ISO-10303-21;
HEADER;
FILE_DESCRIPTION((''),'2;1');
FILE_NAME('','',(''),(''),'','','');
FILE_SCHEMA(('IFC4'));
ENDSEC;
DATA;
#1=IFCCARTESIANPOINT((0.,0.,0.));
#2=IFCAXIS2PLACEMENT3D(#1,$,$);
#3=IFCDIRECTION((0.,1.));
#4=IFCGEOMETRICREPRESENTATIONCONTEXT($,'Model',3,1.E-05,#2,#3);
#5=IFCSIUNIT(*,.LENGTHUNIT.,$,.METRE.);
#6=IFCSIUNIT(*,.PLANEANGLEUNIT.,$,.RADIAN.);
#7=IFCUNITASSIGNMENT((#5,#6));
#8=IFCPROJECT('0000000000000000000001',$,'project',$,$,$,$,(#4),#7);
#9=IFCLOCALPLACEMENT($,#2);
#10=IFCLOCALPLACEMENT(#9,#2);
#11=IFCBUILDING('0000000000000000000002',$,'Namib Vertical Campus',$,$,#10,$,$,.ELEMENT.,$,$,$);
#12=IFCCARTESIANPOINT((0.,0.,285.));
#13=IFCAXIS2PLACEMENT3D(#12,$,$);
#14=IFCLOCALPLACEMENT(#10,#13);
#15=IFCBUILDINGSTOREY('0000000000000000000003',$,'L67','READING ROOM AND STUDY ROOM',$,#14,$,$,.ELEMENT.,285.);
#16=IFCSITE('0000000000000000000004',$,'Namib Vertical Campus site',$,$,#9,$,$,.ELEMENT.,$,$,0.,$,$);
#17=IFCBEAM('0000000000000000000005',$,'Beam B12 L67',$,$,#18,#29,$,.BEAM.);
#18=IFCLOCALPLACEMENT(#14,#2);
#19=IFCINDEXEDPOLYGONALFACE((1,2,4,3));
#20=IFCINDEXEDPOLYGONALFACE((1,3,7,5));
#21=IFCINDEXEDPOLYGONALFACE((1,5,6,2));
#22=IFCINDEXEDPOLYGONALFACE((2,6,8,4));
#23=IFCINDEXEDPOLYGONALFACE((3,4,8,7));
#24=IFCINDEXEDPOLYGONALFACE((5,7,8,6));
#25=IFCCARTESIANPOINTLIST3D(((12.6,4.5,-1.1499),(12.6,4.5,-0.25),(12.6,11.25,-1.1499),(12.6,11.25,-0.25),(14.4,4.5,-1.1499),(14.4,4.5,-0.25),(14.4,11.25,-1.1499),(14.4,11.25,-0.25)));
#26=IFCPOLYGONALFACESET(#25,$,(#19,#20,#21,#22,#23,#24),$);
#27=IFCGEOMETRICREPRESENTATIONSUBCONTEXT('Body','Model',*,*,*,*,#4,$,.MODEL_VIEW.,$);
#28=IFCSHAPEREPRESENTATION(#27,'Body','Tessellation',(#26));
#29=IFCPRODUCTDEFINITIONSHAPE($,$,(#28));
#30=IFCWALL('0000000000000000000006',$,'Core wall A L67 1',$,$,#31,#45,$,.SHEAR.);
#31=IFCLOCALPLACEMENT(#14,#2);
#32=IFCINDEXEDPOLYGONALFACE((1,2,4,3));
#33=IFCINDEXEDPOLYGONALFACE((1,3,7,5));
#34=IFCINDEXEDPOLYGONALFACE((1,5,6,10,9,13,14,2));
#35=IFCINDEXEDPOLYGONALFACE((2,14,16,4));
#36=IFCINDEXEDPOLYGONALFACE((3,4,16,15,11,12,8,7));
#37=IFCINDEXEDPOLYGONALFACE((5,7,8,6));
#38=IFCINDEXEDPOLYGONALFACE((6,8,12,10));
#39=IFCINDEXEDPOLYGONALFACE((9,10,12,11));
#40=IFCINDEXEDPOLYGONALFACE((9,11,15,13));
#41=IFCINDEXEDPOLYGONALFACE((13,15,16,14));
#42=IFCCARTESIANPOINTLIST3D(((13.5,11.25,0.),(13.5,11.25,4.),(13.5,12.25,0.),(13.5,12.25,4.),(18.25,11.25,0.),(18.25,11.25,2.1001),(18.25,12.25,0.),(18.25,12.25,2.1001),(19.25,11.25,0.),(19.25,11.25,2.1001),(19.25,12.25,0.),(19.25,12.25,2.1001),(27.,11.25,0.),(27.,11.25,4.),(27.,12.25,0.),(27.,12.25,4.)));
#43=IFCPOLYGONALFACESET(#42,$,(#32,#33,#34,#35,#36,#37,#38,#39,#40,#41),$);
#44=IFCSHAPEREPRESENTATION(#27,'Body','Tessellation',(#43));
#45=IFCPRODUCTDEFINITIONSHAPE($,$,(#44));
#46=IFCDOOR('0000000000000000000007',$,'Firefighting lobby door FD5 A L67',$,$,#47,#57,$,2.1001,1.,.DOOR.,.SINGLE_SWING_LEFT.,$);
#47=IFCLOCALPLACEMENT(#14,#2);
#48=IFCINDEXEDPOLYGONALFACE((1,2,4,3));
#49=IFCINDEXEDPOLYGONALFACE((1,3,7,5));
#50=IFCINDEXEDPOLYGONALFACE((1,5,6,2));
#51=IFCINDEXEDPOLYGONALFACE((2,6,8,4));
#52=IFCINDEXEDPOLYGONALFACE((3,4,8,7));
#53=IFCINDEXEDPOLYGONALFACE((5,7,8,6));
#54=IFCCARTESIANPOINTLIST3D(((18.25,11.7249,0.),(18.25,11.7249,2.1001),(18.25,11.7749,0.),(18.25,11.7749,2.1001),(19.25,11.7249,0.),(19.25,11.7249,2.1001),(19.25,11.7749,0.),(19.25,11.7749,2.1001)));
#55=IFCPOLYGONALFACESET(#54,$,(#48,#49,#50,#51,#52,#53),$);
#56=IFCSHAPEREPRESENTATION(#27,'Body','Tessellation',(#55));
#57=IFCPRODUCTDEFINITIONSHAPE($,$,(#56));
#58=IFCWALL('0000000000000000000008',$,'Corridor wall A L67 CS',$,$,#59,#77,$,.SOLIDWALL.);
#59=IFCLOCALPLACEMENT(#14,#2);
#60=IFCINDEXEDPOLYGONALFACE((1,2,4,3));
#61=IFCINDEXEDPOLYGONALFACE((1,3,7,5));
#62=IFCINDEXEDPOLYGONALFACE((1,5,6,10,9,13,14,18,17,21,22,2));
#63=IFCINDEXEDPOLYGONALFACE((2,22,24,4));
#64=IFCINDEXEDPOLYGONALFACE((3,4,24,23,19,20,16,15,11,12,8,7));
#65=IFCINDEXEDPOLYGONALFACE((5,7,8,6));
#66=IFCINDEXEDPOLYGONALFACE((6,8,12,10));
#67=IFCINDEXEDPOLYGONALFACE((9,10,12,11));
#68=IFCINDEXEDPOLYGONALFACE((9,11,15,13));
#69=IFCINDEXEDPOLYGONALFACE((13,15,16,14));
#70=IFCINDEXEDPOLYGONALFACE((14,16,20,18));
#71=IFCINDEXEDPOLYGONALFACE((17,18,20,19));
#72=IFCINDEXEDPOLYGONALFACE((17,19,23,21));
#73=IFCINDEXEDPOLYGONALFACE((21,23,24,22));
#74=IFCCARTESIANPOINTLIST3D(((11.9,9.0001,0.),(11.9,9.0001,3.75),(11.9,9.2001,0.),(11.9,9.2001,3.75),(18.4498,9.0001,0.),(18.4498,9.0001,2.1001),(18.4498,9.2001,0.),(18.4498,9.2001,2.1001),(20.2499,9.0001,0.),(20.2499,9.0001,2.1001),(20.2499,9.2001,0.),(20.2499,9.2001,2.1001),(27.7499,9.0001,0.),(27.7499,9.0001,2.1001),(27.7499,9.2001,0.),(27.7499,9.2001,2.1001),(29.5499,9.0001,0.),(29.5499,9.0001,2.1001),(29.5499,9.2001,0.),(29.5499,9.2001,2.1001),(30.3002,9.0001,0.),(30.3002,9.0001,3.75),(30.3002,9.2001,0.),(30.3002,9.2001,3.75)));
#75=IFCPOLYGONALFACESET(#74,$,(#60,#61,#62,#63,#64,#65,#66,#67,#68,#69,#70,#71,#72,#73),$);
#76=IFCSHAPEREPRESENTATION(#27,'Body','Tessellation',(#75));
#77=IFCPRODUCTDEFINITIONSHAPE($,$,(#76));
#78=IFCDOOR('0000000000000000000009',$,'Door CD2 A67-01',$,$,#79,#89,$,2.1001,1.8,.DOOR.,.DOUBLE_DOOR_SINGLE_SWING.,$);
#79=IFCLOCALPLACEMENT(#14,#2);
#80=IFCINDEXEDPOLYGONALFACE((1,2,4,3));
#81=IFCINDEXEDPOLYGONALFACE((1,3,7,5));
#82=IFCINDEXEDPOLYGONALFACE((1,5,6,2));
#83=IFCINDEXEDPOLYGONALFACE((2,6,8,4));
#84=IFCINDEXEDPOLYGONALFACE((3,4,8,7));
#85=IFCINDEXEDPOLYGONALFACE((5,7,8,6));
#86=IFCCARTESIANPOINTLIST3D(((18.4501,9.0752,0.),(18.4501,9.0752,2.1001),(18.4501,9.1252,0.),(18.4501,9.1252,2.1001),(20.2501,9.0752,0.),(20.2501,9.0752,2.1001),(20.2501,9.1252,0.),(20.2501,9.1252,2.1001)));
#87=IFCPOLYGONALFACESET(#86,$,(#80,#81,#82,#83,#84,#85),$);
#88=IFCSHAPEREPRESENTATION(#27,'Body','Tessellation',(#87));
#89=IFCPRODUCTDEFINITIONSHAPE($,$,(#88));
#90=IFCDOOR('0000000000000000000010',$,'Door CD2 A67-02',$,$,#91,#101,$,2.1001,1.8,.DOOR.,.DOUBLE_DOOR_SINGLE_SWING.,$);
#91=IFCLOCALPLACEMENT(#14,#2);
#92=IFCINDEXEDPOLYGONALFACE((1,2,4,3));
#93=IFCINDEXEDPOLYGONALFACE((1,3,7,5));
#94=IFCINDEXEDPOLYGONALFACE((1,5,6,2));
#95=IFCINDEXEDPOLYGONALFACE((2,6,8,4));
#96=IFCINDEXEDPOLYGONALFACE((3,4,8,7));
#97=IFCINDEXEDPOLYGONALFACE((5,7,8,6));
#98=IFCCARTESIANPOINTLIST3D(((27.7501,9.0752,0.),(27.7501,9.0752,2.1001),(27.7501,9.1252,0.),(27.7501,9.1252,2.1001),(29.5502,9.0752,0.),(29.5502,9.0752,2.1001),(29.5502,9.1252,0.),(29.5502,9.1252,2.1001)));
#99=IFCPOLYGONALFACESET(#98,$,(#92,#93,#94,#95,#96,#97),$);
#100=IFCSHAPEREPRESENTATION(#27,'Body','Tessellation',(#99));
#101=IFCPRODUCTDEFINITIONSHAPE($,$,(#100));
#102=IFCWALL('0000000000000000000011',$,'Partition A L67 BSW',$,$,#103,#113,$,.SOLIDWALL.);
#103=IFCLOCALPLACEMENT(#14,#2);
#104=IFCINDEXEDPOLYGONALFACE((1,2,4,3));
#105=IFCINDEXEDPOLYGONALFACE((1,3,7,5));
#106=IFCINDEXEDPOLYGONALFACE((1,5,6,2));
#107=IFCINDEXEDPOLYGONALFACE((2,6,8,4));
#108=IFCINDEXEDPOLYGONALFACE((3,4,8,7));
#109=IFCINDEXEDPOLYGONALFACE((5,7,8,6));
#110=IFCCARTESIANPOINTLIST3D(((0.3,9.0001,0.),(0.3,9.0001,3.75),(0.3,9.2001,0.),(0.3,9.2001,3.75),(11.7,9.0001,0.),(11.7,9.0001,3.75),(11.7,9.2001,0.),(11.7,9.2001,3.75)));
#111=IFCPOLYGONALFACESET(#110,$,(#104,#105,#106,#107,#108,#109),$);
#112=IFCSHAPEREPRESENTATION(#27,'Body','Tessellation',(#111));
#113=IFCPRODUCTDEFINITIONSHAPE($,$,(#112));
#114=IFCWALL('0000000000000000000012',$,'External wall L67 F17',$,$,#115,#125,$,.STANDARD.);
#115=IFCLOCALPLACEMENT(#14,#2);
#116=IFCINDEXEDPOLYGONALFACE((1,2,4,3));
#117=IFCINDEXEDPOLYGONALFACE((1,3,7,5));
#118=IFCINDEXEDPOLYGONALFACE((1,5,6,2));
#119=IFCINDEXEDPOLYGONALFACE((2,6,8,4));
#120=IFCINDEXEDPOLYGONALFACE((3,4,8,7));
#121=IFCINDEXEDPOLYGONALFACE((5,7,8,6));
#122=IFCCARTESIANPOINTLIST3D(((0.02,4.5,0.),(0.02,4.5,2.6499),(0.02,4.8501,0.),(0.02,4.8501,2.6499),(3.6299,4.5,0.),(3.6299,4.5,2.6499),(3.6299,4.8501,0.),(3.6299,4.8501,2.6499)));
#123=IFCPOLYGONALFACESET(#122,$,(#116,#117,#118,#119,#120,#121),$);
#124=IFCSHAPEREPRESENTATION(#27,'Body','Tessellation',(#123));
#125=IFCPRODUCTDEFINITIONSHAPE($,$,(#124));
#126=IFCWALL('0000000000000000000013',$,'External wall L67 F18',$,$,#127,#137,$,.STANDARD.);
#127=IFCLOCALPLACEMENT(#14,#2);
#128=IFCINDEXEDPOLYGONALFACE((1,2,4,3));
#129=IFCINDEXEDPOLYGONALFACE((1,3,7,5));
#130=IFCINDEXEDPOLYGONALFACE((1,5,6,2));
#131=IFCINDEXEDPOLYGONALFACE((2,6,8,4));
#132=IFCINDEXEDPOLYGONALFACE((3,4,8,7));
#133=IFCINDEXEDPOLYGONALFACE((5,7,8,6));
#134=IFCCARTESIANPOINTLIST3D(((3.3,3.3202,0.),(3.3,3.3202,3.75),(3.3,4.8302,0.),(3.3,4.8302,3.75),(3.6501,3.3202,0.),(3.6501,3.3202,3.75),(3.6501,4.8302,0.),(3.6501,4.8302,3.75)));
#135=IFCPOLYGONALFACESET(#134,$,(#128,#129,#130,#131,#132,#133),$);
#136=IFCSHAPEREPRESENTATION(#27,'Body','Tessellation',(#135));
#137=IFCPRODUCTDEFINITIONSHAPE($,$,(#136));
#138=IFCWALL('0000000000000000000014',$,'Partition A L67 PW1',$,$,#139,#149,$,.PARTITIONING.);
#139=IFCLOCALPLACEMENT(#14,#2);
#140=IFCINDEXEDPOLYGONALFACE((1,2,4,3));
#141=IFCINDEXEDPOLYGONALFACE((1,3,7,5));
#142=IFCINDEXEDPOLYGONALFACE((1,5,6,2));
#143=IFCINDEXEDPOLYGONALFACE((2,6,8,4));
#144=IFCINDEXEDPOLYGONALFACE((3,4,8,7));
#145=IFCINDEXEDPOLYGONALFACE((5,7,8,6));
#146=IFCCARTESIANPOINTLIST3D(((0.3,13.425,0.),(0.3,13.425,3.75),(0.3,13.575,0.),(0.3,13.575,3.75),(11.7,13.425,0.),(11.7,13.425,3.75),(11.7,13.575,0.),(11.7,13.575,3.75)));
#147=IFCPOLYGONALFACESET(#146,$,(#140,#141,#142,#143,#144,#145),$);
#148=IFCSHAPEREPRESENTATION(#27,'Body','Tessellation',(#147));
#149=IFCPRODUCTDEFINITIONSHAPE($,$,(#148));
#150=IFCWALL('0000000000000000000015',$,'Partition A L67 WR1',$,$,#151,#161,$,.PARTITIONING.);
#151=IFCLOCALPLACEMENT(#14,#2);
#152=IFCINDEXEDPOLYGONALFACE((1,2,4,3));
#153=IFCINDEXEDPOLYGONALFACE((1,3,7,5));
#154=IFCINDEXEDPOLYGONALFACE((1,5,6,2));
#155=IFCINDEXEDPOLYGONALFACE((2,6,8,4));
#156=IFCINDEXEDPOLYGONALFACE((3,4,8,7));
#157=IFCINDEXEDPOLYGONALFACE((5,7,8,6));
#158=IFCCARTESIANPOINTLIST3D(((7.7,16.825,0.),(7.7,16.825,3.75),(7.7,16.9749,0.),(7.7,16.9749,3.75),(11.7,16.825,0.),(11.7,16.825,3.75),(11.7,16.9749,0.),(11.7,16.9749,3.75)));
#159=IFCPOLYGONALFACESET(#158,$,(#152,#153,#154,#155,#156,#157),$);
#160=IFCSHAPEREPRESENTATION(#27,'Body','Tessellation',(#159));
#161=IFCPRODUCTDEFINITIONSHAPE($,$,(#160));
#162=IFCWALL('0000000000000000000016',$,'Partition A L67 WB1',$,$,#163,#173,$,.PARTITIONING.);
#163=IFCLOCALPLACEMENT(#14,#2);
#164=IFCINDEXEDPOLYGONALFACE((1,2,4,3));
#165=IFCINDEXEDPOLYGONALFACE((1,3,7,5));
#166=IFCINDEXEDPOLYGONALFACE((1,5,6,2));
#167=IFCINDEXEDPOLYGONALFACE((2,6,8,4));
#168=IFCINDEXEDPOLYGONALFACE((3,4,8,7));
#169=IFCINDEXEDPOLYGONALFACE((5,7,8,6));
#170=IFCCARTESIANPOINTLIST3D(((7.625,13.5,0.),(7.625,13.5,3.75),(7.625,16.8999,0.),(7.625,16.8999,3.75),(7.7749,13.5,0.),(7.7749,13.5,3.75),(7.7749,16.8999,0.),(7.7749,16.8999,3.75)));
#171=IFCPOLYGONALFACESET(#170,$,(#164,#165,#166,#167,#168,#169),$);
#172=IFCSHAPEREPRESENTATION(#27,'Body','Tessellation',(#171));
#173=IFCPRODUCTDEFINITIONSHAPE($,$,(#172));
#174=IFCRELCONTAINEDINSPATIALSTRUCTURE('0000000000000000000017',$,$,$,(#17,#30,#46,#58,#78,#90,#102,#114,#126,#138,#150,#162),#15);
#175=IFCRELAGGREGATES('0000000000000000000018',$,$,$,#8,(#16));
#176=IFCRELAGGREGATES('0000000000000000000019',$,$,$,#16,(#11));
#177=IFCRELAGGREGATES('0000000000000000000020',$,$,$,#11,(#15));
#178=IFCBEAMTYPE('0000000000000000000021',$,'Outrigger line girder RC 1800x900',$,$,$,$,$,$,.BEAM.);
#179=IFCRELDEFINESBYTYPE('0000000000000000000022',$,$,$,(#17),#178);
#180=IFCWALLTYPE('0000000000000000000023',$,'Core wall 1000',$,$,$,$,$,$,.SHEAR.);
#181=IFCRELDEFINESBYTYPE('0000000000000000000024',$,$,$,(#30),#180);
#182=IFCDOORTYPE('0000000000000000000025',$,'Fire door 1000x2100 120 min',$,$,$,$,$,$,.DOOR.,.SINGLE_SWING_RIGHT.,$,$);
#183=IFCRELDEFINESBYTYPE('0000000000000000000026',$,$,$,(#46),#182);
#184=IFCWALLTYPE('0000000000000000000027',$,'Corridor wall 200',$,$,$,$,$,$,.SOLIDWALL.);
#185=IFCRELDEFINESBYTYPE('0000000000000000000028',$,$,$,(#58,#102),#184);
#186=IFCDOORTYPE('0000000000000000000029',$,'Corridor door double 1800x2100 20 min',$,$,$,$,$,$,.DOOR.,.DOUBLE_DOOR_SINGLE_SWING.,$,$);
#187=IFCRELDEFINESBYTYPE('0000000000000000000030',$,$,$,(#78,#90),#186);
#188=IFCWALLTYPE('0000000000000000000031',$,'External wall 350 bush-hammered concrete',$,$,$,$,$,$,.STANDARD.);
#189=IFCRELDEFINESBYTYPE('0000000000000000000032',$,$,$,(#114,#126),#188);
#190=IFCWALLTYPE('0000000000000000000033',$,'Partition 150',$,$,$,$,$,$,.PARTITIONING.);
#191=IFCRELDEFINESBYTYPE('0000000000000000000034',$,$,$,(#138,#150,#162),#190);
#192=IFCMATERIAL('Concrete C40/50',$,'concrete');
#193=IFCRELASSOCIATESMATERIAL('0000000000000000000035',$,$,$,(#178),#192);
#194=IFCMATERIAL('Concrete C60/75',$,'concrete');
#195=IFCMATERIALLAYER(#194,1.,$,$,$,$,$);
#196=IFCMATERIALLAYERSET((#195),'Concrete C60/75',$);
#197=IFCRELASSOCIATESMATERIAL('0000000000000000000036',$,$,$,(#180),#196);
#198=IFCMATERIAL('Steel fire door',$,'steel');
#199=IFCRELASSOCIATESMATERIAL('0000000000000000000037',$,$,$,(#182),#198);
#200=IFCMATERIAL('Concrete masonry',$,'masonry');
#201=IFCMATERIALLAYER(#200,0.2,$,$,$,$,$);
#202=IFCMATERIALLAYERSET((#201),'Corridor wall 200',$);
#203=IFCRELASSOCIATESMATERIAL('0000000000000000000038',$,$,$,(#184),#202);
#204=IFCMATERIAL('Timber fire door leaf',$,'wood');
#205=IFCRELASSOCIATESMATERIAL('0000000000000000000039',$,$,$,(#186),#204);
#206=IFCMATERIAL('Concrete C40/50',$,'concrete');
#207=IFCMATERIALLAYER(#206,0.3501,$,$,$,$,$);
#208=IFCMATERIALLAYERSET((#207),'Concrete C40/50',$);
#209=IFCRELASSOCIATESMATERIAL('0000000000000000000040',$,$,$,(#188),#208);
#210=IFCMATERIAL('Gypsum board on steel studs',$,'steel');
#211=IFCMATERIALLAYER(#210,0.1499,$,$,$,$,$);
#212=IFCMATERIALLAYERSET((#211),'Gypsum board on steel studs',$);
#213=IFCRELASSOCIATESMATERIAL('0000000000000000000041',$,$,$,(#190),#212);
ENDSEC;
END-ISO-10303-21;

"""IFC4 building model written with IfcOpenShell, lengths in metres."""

from ifc_helpers import new_model, si_unit, direction, frame, frame_2d, origin, origin_2d, place, context, subcontext, project, spatial, rectangle, extrude, material, layer, layer_set, material_profile, profile_set, type_object, element, fill, save


model = new_model("IFC4")

# Units and contexts
model_context = context("Model", 3, precision=1e-05, world=origin(), true_north=direction((0.0, 1.0)))
body_context = subcontext(model_context, "Body", "Model", "MODEL_VIEW")
ifc_project = project(units=[si_unit("LENGTHUNIT", "METRE"), si_unit("PLANEANGLEUNIT", "RADIAN")], contexts=[model_context])

# Site, building, storey
site_placement = place(None, origin())
site = spatial("IfcSite", under=ifc_project, at=site_placement, Name="Namib Vertical Campus site", CompositionType="ELEMENT", RefElevation=0.0)
building_placement = place(site_placement, origin())
building = spatial("IfcBuilding", under=site, at=building_placement, Name="Namib Vertical Campus", CompositionType="ELEMENT")
storey_placement = place(building_placement, frame((0.0, 0.0, 285.0)))
storey = spatial("IfcBuildingStorey", under=building, at=storey_placement, Name="L67", Description="READING ROOM AND STUDY ROOM", CompositionType="ELEMENT", Elevation=285.0)

# Beam
ifc_material_1 = material(Name="Concrete C40/50", Category="concrete")
ifc_material_profile_1 = material_profile(ifc_material_1, rectangle(XDim=1.8, YDim=0.8999, at=origin_2d()))
ifc_profile_set_1 = profile_set([ifc_material_profile_1], Name="Concrete C40/50")
beam_type_1 = type_object("IfcBeamType", Name="Outrigger line girder RC 1800x900", PredefinedType="BEAM", material=ifc_profile_set_1)
beam_1_placement = place(storey_placement, frame((13.5, 4.5, -0.7), z_axis=(0.0, 1.0, 0.0), x_axis=(-1.0, 0.0, 0.0)))
element("IfcBeam", 1, at=beam_1_placement, inside=storey, type_object=beam_type_1, Name="Beam B12 L67", PredefinedType="BEAM", context=body_context, shape_type="SweptSolid", body=[
    extrude(rectangle(XDim=1.8, YDim=0.8999, at=origin_2d()), origin(), (0.0, 0.0, 1.0), 6.75),
])

# Wall, opening, door
ifc_material_2 = material(Name="Concrete C60/75", Category="concrete")
ifc_layer_1 = layer(ifc_material_2, 1.0)
ifc_layer_set_1 = layer_set([ifc_layer_1], Name="Concrete C60/75")
wall_type_1 = type_object("IfcWallType", Name="Core wall 1000", PredefinedType="SHEAR", material=ifc_layer_set_1)
wall_1_placement = place(storey_placement, frame((13.5, 11.75, 0.0), z_axis=(0.0, 0.0, 1.0), x_axis=(1.0, 0.0, 0.0)))
wall_1 = element("IfcWall", 2, at=wall_1_placement, inside=storey, type_object=wall_type_1, Name="Core wall A L67 1", PredefinedType="SHEAR", context=body_context, shape_type="SweptSolid", body=[
    extrude(rectangle(XDim=13.5, YDim=1.0, at=frame_2d((6.75, 0.0))), origin(), (0.0, 0.0, 1.0), 4.0),
])
opening_1_placement = place(wall_1_placement, frame((4.75, 0.0, 0.0)))
opening_1 = element("IfcOpeningElement", 3, at=opening_1_placement, cuts=wall_1, PredefinedType="OPENING", context=body_context, shape_type="SweptSolid", body=[
    extrude(rectangle(XDim=1.0, YDim=2.1001, at=frame_2d((0.5, 1.05))), frame((0.0, 0.51, 0.0), z_axis=(0.0, -1.0, 0.0), x_axis=(1.0, 0.0, 0.0)), (0.0, 0.0, 1.0), 1.02),
])
ifc_material_3 = material(Name="Steel fire door", Category="steel")
door_type_1 = type_object("IfcDoorType", Name="Fire door 1000x2100 120 min", OperationType="SINGLE_SWING_RIGHT", PredefinedType="DOOR", material=ifc_material_3)
door_1_placement = place(opening_1_placement, origin())
door_1 = element("IfcDoor", 4, at=door_1_placement, inside=storey, type_object=door_type_1, Name="Firefighting lobby door FD5 A L67", OperationType="SINGLE_SWING_LEFT", OverallHeight=2.1001, OverallWidth=1.0, PredefinedType="DOOR", context=body_context, shape_type="SweptSolid", body=[
    extrude(rectangle(XDim=1.0, YDim=2.1001, at=frame_2d((0.5, 1.05))), frame((0.0, 0.0249, 0.0), z_axis=(0.0, -1.0, 0.0), x_axis=(1.0, 0.0, 0.0)), (0.0, 0.0, 1.0), 0.05),
])
fill(opening_1, door_1)

# Wall, openings, doors
ifc_material_4 = material(Name="Concrete masonry", Category="masonry")
ifc_layer_2 = layer(ifc_material_4, 0.2)
ifc_layer_set_2 = layer_set([ifc_layer_2], Name="Corridor wall 200")
wall_type_2 = type_object("IfcWallType", Name="Corridor wall 200", PredefinedType="SOLIDWALL", material=ifc_layer_set_2)
wall_2_placement = place(storey_placement, frame((11.8999, 9.1001, 0.0), z_axis=(0.0, 0.0, 1.0), x_axis=(1.0, 0.0, 0.0)))
wall_2 = element("IfcWall", 5, at=wall_2_placement, inside=storey, type_object=wall_type_2, Name="Corridor wall A L67 CS", PredefinedType="SOLIDWALL", context=body_context, shape_type="SweptSolid", body=[
    extrude(rectangle(XDim=18.4001, YDim=0.2, at=frame_2d((9.2002, 0.0))), origin(), (0.0, 0.0, 1.0), 3.75),
])
opening_2_placement = place(wall_2_placement, frame((6.55, 0.0, 0.0)))
opening_2 = element("IfcOpeningElement", 6, at=opening_2_placement, cuts=wall_2, PredefinedType="OPENING", context=body_context, shape_type="SweptSolid", body=[
    extrude(rectangle(XDim=1.8, YDim=2.1001, at=frame_2d((0.8999, 1.05))), frame((0.0, 0.1099, 0.0), z_axis=(0.0, -1.0, 0.0), x_axis=(1.0, 0.0, 0.0)), (0.0, 0.0, 1.0), 0.22),
])
opening_3_placement = place(wall_2_placement, frame((15.8501, 0.0, 0.0)))
opening_3 = element("IfcOpeningElement", 7, at=opening_3_placement, cuts=wall_2, PredefinedType="OPENING", context=body_context, shape_type="SweptSolid", body=[
    extrude(rectangle(XDim=1.8, YDim=2.1001, at=frame_2d((0.8999, 1.05))), frame((0.0, 0.1099, 0.0), z_axis=(0.0, -1.0, 0.0), x_axis=(1.0, 0.0, 0.0)), (0.0, 0.0, 1.0), 0.22),
])
ifc_material_5 = material(Name="Timber fire door leaf", Category="wood")
door_type_2 = type_object("IfcDoorType", Name="Corridor door double 1800x2100 20 min", OperationType="DOUBLE_DOOR_SINGLE_SWING", PredefinedType="DOOR", material=ifc_material_5)
door_2_placement = place(opening_2_placement, frame((1.8, 0.0, 0.0), z_axis=(0.0, 0.0, 1.0), x_axis=(-1.0, 0.0, 0.0)))
door_2 = element("IfcDoor", 8, at=door_2_placement, inside=storey, type_object=door_type_2, Name="Door CD2 A67-01", OperationType="DOUBLE_DOOR_SINGLE_SWING", OverallHeight=2.1001, OverallWidth=1.8, PredefinedType="DOOR", context=body_context, shape_type="SweptSolid", body=[
    extrude(rectangle(XDim=1.8, YDim=2.1001, at=frame_2d((0.8999, 1.05))), frame((0.0, 0.0249, 0.0), z_axis=(0.0, -1.0, 0.0), x_axis=(1.0, 0.0, 0.0)), (0.0, 0.0, 1.0), 0.05),
])
fill(opening_2, door_2)
door_3_placement = place(opening_3_placement, frame((1.8, 0.0, 0.0), z_axis=(0.0, 0.0, 1.0), x_axis=(-1.0, 0.0, 0.0)))
door_3 = element("IfcDoor", 9, at=door_3_placement, inside=storey, type_object=door_type_2, Name="Door CD2 A67-02", OperationType="DOUBLE_DOOR_SINGLE_SWING", OverallHeight=2.1001, OverallWidth=1.8, PredefinedType="DOOR", context=body_context, shape_type="SweptSolid", body=[
    extrude(rectangle(XDim=1.8, YDim=2.1001, at=frame_2d((0.8999, 1.05))), frame((0.0, 0.0249, 0.0), z_axis=(0.0, -1.0, 0.0), x_axis=(1.0, 0.0, 0.0)), (0.0, 0.0, 1.0), 0.05),
])
fill(opening_3, door_3)

# Walls
wall_3_placement = place(storey_placement, frame((0.3, 9.1001, 0.0), z_axis=(0.0, 0.0, 1.0), x_axis=(1.0, 0.0, 0.0)))
element("IfcWall", 10, at=wall_3_placement, inside=storey, type_object=wall_type_2, Name="Partition A L67 BSW", PredefinedType="SOLIDWALL", context=body_context, shape_type="SweptSolid", body=[
    extrude(rectangle(XDim=11.3999, YDim=0.2, at=frame_2d((5.7, 0.0))), origin(), (0.0, 0.0, 1.0), 3.75),
])
ifc_material_6 = material(Name="Concrete C40/50", Category="concrete")
ifc_layer_3 = layer(ifc_material_6, 0.3501)
ifc_layer_set_3 = layer_set([ifc_layer_3], Name="Concrete C40/50")
wall_type_3 = type_object("IfcWallType", Name="External wall 350 bush-hammered concrete", PredefinedType="STANDARD", material=ifc_layer_set_3)
wall_4_placement = place(storey_placement, frame((0.02, 4.675, 0.0), z_axis=(0.0, 0.0, 1.0), x_axis=(1.0, 0.0, 0.0)))
element("IfcWall", 11, at=wall_4_placement, inside=storey, type_object=wall_type_3, Name="External wall L67 F17", PredefinedType="STANDARD", context=body_context, shape_type="SweptSolid", body=[
    extrude(rectangle(XDim=3.6099, YDim=0.3501, at=frame_2d((1.8049, 0.0))), origin(), (0.0, 0.0, 1.0), 2.6499),
])
wall_5_placement = place(storey_placement, frame((3.4751, 4.8301, 0.0), z_axis=(0.0, 0.0, 1.0), x_axis=(0.0, -1.0, 0.0)))
element("IfcWall", 12, at=wall_5_placement, inside=storey, type_object=wall_type_3, Name="External wall L67 F18", PredefinedType="STANDARD", context=body_context, shape_type="SweptSolid", body=[
    extrude(rectangle(XDim=1.51, YDim=0.3501, at=frame_2d((0.7549, 0.0))), origin(), (0.0, 0.0, 1.0), 3.75),
])
ifc_material_7 = material(Name="Gypsum board on steel studs", Category="steel")
ifc_layer_4 = layer(ifc_material_7, 0.1499)
ifc_layer_set_4 = layer_set([ifc_layer_4], Name="Gypsum board on steel studs")
wall_type_4 = type_object("IfcWallType", Name="Partition 150", PredefinedType="PARTITIONING", material=ifc_layer_set_4)
wall_6_placement = place(storey_placement, frame((0.3, 13.5, 0.0), z_axis=(0.0, 0.0, 1.0), x_axis=(1.0, 0.0, 0.0)))
element("IfcWall", 13, at=wall_6_placement, inside=storey, type_object=wall_type_4, Name="Partition A L67 PW1", PredefinedType="PARTITIONING", context=body_context, shape_type="SweptSolid", body=[
    extrude(rectangle(XDim=11.3999, YDim=0.1499, at=frame_2d((5.7, 0.0))), origin(), (0.0, 0.0, 1.0), 3.75),
])
wall_7_placement = place(storey_placement, frame((11.7, 16.8999, 0.0), z_axis=(0.0, 0.0, 1.0), x_axis=(-1.0, 0.0, 0.0)))
element("IfcWall", 14, at=wall_7_placement, inside=storey, type_object=wall_type_4, Name="Partition A L67 WR1", PredefinedType="PARTITIONING", context=body_context, shape_type="SweptSolid", body=[
    extrude(rectangle(XDim=4.0, YDim=0.1499, at=frame_2d((2.0, 0.0))), origin(), (0.0, 0.0, 1.0), 3.75),
])
wall_8_placement = place(storey_placement, frame((7.7, 13.5, 0.0), z_axis=(0.0, 0.0, 1.0), x_axis=(0.0, 1.0, 0.0)))
element("IfcWall", 15, at=wall_8_placement, inside=storey, type_object=wall_type_4, Name="Partition A L67 WB1", PredefinedType="PARTITIONING", context=body_context, shape_type="SweptSolid", body=[
    extrude(rectangle(XDim=3.3999, YDim=0.1499, at=frame_2d((1.7, 0.0))), origin(), (0.0, 0.0, 1.0), 3.75),
])

save(model, "model.ifc")
